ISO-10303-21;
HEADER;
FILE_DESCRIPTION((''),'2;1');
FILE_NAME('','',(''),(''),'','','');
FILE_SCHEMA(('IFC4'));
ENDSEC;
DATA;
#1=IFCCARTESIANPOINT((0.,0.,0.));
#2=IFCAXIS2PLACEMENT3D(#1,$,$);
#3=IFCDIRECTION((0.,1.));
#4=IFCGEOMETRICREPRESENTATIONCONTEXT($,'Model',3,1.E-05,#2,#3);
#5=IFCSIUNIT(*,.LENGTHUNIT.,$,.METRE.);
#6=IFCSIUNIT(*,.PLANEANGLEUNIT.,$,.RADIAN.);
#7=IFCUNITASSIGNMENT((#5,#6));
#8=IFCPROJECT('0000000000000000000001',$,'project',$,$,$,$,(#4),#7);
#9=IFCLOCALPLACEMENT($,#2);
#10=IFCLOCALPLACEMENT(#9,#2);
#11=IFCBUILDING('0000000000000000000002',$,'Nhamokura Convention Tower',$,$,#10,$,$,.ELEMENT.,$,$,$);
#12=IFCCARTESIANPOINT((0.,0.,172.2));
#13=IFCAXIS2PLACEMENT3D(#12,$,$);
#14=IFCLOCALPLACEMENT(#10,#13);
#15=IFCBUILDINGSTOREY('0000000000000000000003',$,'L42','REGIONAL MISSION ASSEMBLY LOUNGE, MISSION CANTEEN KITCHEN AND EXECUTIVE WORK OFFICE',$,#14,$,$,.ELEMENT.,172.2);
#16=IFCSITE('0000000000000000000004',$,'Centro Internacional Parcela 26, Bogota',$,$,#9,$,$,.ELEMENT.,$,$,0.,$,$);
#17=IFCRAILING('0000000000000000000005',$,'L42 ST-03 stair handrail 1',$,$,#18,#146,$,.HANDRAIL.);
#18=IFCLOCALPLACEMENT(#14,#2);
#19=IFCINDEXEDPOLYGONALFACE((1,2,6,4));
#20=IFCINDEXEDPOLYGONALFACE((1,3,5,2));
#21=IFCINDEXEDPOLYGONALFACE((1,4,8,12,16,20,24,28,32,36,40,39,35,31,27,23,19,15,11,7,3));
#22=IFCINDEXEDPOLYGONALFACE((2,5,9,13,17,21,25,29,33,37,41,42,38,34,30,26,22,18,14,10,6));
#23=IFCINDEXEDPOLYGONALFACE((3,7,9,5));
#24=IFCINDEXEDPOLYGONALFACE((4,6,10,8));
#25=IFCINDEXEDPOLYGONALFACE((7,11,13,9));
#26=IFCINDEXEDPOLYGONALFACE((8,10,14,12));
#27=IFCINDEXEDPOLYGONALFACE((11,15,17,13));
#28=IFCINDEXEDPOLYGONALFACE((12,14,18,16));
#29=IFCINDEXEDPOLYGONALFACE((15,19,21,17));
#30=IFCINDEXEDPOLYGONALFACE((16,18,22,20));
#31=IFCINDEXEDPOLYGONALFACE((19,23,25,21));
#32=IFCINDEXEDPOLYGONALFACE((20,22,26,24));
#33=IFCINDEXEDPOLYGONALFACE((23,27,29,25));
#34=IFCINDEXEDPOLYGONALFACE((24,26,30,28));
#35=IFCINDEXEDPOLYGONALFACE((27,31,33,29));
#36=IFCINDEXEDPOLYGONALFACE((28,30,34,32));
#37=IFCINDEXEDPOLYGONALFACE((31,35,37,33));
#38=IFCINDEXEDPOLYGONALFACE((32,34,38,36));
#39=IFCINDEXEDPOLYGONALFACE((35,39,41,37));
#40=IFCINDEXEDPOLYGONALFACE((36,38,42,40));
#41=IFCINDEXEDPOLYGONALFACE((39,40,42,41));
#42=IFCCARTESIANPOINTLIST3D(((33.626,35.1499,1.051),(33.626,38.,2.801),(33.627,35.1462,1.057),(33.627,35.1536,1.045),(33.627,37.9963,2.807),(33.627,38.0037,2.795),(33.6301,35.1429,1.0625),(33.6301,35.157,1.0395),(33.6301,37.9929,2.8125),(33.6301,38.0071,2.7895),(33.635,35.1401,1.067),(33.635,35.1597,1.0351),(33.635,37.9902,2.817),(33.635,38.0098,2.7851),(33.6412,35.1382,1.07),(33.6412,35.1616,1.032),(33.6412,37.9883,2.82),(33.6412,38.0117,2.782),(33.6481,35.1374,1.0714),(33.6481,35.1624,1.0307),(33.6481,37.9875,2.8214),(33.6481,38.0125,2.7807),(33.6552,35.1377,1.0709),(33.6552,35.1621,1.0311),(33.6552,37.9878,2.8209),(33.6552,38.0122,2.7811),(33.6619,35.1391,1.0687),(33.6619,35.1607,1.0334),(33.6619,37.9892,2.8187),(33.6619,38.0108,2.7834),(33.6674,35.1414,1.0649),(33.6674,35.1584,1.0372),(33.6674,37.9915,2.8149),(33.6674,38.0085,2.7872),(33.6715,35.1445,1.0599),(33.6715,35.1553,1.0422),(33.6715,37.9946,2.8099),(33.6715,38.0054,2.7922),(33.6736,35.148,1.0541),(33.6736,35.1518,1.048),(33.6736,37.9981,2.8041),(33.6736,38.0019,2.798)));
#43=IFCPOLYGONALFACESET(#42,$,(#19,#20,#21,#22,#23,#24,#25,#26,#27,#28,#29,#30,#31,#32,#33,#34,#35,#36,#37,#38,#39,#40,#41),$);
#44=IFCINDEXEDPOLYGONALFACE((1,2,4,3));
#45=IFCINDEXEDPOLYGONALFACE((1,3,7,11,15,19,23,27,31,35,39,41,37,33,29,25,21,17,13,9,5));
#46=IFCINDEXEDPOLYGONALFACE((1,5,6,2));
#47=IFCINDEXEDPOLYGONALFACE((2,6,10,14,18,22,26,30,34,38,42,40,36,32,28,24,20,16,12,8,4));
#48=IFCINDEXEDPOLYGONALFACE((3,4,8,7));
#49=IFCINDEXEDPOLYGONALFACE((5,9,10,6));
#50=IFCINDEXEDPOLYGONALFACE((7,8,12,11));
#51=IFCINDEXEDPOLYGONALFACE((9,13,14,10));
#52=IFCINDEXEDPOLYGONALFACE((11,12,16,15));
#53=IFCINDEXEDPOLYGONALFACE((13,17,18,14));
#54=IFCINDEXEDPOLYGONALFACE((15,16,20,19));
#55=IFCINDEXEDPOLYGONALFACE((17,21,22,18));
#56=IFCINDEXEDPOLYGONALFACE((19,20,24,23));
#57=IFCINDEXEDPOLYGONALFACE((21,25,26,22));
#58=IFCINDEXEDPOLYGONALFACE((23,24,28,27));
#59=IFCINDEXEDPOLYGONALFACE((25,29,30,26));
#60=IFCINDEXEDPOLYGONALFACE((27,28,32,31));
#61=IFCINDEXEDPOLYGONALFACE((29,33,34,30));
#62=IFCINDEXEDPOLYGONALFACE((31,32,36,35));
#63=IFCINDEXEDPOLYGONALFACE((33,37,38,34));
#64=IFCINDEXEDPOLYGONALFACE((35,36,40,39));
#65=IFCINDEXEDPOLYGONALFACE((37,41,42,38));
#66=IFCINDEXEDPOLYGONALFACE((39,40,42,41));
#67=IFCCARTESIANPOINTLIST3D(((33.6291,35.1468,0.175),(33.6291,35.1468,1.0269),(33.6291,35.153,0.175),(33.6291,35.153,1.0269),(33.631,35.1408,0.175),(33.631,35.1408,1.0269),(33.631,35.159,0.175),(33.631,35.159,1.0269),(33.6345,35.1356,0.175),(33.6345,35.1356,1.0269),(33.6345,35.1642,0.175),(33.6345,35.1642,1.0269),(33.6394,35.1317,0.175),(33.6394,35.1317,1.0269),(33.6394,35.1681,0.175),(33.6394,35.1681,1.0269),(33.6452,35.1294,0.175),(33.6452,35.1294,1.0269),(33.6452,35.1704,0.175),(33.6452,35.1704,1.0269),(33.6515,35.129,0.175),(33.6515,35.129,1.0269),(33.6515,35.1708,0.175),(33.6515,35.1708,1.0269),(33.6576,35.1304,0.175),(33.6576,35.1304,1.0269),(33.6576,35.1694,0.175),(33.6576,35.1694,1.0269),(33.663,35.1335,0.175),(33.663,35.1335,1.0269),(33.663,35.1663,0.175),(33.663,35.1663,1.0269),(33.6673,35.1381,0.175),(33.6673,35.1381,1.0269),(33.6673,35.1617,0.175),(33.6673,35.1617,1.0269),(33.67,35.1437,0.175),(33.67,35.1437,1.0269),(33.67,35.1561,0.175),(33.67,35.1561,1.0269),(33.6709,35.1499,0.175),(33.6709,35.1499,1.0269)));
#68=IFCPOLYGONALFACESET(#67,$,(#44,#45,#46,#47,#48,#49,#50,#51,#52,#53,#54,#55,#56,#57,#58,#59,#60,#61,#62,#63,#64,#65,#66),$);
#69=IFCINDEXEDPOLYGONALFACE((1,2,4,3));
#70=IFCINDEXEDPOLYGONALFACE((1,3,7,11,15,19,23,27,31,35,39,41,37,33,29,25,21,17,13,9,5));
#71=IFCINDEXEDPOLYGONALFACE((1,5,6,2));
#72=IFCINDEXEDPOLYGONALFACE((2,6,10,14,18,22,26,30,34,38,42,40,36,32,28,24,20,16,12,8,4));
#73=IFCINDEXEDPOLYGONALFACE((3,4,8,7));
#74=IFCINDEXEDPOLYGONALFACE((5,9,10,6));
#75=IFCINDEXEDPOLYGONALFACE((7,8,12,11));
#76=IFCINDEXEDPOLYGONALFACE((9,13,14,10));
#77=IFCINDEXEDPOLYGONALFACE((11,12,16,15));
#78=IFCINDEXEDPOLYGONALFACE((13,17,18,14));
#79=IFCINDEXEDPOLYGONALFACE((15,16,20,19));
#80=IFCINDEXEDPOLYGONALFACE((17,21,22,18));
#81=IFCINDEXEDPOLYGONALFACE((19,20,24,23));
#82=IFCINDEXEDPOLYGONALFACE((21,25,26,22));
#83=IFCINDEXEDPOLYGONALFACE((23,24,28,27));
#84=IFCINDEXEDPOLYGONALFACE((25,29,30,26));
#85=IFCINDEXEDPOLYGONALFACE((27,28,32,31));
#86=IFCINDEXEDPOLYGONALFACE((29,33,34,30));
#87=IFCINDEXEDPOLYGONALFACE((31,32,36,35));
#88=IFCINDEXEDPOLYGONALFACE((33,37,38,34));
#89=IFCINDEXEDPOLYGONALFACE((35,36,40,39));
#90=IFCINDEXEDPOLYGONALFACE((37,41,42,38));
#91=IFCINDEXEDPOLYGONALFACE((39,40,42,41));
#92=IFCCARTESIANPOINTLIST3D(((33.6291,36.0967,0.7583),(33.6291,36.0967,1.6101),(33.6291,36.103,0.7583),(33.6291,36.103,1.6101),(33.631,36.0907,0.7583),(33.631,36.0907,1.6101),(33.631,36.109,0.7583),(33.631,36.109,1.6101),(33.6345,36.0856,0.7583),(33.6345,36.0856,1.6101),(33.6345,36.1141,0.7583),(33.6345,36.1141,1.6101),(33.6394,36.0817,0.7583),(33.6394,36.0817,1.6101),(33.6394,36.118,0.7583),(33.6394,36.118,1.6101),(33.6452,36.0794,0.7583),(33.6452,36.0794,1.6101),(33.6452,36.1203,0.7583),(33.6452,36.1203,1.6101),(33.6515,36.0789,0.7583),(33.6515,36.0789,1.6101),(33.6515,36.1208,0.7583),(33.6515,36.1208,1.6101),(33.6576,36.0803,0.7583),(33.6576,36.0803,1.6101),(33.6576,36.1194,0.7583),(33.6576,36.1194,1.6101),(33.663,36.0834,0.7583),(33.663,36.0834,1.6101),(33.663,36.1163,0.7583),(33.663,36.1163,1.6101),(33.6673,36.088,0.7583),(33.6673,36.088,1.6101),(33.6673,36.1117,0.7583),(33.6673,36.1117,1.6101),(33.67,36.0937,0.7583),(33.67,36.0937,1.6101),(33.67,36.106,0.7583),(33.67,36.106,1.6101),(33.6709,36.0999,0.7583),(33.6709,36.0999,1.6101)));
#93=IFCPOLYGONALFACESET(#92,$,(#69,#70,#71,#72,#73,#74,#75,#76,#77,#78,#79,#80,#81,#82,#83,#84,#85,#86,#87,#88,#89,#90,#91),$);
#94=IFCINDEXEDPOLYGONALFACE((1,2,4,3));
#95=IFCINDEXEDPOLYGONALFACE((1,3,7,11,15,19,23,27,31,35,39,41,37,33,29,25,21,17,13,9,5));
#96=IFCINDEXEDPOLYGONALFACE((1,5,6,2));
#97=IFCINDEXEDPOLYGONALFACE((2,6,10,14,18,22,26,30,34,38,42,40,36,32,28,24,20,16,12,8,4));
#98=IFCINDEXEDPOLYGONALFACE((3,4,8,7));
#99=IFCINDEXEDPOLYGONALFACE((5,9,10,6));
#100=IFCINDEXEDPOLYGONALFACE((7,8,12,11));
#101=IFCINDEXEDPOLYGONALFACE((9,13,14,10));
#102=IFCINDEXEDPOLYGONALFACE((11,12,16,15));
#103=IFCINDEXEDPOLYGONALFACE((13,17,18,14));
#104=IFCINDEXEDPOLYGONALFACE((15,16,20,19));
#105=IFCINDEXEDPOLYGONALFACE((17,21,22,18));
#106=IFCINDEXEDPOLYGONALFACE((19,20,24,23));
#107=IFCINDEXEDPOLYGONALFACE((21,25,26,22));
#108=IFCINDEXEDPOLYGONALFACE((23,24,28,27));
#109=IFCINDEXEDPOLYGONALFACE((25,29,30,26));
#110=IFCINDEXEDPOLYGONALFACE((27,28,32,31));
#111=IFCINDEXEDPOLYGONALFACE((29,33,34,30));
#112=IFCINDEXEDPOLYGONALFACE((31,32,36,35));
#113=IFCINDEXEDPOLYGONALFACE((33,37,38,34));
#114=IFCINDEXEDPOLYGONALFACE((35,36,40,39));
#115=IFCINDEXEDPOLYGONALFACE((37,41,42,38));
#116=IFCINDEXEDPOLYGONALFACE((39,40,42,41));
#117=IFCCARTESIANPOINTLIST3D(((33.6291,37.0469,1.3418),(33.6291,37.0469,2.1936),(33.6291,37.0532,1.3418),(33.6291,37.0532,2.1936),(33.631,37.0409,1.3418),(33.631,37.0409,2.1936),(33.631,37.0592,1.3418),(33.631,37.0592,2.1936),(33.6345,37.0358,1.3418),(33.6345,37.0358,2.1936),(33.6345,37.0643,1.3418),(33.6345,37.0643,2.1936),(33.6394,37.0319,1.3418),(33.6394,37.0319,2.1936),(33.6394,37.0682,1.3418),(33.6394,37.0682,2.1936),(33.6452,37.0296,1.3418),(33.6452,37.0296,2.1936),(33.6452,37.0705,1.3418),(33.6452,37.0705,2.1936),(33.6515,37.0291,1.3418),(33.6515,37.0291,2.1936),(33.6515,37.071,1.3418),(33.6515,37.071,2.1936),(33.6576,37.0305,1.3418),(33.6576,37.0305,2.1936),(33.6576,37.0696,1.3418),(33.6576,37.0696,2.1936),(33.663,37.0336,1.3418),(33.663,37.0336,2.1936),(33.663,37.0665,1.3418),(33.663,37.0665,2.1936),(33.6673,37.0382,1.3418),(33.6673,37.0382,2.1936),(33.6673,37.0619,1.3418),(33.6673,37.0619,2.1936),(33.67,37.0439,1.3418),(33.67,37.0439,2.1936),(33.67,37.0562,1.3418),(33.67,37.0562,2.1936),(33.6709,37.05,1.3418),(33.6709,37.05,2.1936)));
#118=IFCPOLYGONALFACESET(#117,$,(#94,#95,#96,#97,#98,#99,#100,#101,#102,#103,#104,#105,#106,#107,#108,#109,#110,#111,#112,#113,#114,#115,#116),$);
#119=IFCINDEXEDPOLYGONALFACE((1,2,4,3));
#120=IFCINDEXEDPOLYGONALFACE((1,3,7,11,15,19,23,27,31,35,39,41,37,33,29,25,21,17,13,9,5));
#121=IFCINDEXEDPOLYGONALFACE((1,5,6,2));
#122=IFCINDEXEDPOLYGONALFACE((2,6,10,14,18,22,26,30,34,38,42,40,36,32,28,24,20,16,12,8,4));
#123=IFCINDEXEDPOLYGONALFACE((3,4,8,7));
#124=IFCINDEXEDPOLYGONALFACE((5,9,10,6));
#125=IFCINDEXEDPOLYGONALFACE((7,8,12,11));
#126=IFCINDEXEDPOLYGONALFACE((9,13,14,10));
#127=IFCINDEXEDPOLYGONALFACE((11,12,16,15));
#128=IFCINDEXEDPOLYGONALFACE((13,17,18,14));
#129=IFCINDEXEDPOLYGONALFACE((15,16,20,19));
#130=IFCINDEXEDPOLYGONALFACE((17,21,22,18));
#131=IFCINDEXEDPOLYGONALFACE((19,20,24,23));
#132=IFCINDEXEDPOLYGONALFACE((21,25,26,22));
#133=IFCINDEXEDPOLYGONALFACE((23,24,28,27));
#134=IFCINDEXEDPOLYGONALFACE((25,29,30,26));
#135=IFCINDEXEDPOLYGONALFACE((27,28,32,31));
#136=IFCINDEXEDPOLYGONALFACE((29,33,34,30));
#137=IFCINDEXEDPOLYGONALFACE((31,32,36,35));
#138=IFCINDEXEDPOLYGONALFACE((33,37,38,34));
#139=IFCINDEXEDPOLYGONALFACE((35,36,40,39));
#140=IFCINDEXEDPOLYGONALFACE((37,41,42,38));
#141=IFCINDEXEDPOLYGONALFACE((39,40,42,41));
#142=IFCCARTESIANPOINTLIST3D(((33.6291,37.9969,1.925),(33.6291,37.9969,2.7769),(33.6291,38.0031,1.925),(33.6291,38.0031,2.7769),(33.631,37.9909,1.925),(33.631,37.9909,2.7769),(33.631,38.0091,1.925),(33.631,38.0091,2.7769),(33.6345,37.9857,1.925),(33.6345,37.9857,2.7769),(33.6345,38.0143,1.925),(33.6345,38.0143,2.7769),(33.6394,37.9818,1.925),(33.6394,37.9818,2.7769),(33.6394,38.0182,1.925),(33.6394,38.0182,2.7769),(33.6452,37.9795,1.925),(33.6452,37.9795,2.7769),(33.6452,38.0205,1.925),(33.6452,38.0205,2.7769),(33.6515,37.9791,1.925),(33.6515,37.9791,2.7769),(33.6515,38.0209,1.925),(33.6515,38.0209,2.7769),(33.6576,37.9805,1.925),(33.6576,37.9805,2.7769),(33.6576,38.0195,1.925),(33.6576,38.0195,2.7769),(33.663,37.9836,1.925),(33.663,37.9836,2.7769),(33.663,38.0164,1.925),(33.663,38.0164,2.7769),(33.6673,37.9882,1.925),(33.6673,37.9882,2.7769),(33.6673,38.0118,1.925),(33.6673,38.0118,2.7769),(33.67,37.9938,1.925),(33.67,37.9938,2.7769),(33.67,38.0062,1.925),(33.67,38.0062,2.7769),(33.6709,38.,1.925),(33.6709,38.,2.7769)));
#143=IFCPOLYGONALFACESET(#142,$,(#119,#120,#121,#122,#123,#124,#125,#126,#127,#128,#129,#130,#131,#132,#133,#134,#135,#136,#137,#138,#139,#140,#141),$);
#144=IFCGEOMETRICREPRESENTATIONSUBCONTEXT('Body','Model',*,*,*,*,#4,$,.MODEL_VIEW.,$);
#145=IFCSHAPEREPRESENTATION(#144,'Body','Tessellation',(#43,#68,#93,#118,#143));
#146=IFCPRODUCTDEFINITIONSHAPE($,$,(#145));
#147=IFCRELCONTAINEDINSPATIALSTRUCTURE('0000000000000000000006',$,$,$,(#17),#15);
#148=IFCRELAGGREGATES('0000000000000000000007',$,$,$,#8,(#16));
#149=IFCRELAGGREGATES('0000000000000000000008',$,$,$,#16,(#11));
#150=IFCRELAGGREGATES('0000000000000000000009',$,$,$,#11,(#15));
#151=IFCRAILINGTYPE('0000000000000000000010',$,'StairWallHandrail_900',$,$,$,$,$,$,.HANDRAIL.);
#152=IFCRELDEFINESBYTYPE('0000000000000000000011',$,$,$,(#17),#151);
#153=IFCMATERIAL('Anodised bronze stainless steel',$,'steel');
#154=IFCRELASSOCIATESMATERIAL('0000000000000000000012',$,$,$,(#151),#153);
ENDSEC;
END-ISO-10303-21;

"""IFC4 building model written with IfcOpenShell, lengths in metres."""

from ifc_helpers import new_model, si_unit, direction, frame, origin, origin_2d, place, context, subcontext, project, spatial, circle, extrude, material, type_object, element, save


model = new_model("IFC4")

# Units and contexts
model_context = context("Model", 3, precision=1e-05, world=origin(), true_north=direction((0.0, 1.0)))
body_context = subcontext(model_context, "Body", "Model", "MODEL_VIEW")
ifc_project = project(units=[si_unit("LENGTHUNIT", "METRE"), si_unit("PLANEANGLEUNIT", "RADIAN")], contexts=[model_context])

# Site, building, storey
site_placement = place(None, origin())
site = spatial("IfcSite", under=ifc_project, at=site_placement, Name="Centro Internacional Parcela 26, Bogota", CompositionType="ELEMENT", RefElevation=0.0)
building_placement = place(site_placement, origin())
building = spatial("IfcBuilding", under=site, at=building_placement, Name="Nhamokura Convention Tower", CompositionType="ELEMENT")
storey_placement = place(building_placement, frame((0.0, 0.0, 172.2)))
storey = spatial("IfcBuildingStorey", under=building, at=storey_placement, Name="L42", Description="REGIONAL MISSION ASSEMBLY LOUNGE, MISSION CANTEEN KITCHEN AND EXECUTIVE WORK OFFICE", CompositionType="ELEMENT", Elevation=172.2)

# Railing
ifc_material_1 = material(Name="Anodised bronze stainless steel", Category="steel")
railing_type_1 = type_object("IfcRailingType", Name="StairWallHandrail_900", PredefinedType="HANDRAIL", material=ifc_material_1)
railing_1_placement = place(storey_placement, frame((33.6499, 35.1499, 0.175)))
element("IfcRailing", 1, at=railing_1_placement, inside=storey, type_object=railing_type_1, Name="L42 ST-03 stair handrail 1", PredefinedType="HANDRAIL", context=body_context, shape_type="SweptSolid", body=[
    extrude(circle(Radius=0.0239, at=origin_2d()), frame((0.0, 0.0, 0.876), z_axis=(0.0, 0.852179, 0.52325), x_axis=(-1.0, 0.0, 0.0)), (0.0, 0.0, 1.0), 3.3445),
    extrude(circle(Radius=0.021, at=origin_2d()), origin(), (0.0, 0.0, 1.0), 0.8518),
    extrude(circle(Radius=0.021, at=origin_2d()), frame((0.0, 0.95, 0.5833)), (0.0, 0.0, 1.0), 0.8518),
    extrude(circle(Radius=0.021, at=origin_2d()), frame((0.0, 1.9001, 1.1667)), (0.0, 0.0, 1.0), 0.8518),
    extrude(circle(Radius=0.021, at=origin_2d()), frame((0.0, 2.8501, 1.75)), (0.0, 0.0, 1.0), 0.8518),
])

save(model, "model.ifc")
